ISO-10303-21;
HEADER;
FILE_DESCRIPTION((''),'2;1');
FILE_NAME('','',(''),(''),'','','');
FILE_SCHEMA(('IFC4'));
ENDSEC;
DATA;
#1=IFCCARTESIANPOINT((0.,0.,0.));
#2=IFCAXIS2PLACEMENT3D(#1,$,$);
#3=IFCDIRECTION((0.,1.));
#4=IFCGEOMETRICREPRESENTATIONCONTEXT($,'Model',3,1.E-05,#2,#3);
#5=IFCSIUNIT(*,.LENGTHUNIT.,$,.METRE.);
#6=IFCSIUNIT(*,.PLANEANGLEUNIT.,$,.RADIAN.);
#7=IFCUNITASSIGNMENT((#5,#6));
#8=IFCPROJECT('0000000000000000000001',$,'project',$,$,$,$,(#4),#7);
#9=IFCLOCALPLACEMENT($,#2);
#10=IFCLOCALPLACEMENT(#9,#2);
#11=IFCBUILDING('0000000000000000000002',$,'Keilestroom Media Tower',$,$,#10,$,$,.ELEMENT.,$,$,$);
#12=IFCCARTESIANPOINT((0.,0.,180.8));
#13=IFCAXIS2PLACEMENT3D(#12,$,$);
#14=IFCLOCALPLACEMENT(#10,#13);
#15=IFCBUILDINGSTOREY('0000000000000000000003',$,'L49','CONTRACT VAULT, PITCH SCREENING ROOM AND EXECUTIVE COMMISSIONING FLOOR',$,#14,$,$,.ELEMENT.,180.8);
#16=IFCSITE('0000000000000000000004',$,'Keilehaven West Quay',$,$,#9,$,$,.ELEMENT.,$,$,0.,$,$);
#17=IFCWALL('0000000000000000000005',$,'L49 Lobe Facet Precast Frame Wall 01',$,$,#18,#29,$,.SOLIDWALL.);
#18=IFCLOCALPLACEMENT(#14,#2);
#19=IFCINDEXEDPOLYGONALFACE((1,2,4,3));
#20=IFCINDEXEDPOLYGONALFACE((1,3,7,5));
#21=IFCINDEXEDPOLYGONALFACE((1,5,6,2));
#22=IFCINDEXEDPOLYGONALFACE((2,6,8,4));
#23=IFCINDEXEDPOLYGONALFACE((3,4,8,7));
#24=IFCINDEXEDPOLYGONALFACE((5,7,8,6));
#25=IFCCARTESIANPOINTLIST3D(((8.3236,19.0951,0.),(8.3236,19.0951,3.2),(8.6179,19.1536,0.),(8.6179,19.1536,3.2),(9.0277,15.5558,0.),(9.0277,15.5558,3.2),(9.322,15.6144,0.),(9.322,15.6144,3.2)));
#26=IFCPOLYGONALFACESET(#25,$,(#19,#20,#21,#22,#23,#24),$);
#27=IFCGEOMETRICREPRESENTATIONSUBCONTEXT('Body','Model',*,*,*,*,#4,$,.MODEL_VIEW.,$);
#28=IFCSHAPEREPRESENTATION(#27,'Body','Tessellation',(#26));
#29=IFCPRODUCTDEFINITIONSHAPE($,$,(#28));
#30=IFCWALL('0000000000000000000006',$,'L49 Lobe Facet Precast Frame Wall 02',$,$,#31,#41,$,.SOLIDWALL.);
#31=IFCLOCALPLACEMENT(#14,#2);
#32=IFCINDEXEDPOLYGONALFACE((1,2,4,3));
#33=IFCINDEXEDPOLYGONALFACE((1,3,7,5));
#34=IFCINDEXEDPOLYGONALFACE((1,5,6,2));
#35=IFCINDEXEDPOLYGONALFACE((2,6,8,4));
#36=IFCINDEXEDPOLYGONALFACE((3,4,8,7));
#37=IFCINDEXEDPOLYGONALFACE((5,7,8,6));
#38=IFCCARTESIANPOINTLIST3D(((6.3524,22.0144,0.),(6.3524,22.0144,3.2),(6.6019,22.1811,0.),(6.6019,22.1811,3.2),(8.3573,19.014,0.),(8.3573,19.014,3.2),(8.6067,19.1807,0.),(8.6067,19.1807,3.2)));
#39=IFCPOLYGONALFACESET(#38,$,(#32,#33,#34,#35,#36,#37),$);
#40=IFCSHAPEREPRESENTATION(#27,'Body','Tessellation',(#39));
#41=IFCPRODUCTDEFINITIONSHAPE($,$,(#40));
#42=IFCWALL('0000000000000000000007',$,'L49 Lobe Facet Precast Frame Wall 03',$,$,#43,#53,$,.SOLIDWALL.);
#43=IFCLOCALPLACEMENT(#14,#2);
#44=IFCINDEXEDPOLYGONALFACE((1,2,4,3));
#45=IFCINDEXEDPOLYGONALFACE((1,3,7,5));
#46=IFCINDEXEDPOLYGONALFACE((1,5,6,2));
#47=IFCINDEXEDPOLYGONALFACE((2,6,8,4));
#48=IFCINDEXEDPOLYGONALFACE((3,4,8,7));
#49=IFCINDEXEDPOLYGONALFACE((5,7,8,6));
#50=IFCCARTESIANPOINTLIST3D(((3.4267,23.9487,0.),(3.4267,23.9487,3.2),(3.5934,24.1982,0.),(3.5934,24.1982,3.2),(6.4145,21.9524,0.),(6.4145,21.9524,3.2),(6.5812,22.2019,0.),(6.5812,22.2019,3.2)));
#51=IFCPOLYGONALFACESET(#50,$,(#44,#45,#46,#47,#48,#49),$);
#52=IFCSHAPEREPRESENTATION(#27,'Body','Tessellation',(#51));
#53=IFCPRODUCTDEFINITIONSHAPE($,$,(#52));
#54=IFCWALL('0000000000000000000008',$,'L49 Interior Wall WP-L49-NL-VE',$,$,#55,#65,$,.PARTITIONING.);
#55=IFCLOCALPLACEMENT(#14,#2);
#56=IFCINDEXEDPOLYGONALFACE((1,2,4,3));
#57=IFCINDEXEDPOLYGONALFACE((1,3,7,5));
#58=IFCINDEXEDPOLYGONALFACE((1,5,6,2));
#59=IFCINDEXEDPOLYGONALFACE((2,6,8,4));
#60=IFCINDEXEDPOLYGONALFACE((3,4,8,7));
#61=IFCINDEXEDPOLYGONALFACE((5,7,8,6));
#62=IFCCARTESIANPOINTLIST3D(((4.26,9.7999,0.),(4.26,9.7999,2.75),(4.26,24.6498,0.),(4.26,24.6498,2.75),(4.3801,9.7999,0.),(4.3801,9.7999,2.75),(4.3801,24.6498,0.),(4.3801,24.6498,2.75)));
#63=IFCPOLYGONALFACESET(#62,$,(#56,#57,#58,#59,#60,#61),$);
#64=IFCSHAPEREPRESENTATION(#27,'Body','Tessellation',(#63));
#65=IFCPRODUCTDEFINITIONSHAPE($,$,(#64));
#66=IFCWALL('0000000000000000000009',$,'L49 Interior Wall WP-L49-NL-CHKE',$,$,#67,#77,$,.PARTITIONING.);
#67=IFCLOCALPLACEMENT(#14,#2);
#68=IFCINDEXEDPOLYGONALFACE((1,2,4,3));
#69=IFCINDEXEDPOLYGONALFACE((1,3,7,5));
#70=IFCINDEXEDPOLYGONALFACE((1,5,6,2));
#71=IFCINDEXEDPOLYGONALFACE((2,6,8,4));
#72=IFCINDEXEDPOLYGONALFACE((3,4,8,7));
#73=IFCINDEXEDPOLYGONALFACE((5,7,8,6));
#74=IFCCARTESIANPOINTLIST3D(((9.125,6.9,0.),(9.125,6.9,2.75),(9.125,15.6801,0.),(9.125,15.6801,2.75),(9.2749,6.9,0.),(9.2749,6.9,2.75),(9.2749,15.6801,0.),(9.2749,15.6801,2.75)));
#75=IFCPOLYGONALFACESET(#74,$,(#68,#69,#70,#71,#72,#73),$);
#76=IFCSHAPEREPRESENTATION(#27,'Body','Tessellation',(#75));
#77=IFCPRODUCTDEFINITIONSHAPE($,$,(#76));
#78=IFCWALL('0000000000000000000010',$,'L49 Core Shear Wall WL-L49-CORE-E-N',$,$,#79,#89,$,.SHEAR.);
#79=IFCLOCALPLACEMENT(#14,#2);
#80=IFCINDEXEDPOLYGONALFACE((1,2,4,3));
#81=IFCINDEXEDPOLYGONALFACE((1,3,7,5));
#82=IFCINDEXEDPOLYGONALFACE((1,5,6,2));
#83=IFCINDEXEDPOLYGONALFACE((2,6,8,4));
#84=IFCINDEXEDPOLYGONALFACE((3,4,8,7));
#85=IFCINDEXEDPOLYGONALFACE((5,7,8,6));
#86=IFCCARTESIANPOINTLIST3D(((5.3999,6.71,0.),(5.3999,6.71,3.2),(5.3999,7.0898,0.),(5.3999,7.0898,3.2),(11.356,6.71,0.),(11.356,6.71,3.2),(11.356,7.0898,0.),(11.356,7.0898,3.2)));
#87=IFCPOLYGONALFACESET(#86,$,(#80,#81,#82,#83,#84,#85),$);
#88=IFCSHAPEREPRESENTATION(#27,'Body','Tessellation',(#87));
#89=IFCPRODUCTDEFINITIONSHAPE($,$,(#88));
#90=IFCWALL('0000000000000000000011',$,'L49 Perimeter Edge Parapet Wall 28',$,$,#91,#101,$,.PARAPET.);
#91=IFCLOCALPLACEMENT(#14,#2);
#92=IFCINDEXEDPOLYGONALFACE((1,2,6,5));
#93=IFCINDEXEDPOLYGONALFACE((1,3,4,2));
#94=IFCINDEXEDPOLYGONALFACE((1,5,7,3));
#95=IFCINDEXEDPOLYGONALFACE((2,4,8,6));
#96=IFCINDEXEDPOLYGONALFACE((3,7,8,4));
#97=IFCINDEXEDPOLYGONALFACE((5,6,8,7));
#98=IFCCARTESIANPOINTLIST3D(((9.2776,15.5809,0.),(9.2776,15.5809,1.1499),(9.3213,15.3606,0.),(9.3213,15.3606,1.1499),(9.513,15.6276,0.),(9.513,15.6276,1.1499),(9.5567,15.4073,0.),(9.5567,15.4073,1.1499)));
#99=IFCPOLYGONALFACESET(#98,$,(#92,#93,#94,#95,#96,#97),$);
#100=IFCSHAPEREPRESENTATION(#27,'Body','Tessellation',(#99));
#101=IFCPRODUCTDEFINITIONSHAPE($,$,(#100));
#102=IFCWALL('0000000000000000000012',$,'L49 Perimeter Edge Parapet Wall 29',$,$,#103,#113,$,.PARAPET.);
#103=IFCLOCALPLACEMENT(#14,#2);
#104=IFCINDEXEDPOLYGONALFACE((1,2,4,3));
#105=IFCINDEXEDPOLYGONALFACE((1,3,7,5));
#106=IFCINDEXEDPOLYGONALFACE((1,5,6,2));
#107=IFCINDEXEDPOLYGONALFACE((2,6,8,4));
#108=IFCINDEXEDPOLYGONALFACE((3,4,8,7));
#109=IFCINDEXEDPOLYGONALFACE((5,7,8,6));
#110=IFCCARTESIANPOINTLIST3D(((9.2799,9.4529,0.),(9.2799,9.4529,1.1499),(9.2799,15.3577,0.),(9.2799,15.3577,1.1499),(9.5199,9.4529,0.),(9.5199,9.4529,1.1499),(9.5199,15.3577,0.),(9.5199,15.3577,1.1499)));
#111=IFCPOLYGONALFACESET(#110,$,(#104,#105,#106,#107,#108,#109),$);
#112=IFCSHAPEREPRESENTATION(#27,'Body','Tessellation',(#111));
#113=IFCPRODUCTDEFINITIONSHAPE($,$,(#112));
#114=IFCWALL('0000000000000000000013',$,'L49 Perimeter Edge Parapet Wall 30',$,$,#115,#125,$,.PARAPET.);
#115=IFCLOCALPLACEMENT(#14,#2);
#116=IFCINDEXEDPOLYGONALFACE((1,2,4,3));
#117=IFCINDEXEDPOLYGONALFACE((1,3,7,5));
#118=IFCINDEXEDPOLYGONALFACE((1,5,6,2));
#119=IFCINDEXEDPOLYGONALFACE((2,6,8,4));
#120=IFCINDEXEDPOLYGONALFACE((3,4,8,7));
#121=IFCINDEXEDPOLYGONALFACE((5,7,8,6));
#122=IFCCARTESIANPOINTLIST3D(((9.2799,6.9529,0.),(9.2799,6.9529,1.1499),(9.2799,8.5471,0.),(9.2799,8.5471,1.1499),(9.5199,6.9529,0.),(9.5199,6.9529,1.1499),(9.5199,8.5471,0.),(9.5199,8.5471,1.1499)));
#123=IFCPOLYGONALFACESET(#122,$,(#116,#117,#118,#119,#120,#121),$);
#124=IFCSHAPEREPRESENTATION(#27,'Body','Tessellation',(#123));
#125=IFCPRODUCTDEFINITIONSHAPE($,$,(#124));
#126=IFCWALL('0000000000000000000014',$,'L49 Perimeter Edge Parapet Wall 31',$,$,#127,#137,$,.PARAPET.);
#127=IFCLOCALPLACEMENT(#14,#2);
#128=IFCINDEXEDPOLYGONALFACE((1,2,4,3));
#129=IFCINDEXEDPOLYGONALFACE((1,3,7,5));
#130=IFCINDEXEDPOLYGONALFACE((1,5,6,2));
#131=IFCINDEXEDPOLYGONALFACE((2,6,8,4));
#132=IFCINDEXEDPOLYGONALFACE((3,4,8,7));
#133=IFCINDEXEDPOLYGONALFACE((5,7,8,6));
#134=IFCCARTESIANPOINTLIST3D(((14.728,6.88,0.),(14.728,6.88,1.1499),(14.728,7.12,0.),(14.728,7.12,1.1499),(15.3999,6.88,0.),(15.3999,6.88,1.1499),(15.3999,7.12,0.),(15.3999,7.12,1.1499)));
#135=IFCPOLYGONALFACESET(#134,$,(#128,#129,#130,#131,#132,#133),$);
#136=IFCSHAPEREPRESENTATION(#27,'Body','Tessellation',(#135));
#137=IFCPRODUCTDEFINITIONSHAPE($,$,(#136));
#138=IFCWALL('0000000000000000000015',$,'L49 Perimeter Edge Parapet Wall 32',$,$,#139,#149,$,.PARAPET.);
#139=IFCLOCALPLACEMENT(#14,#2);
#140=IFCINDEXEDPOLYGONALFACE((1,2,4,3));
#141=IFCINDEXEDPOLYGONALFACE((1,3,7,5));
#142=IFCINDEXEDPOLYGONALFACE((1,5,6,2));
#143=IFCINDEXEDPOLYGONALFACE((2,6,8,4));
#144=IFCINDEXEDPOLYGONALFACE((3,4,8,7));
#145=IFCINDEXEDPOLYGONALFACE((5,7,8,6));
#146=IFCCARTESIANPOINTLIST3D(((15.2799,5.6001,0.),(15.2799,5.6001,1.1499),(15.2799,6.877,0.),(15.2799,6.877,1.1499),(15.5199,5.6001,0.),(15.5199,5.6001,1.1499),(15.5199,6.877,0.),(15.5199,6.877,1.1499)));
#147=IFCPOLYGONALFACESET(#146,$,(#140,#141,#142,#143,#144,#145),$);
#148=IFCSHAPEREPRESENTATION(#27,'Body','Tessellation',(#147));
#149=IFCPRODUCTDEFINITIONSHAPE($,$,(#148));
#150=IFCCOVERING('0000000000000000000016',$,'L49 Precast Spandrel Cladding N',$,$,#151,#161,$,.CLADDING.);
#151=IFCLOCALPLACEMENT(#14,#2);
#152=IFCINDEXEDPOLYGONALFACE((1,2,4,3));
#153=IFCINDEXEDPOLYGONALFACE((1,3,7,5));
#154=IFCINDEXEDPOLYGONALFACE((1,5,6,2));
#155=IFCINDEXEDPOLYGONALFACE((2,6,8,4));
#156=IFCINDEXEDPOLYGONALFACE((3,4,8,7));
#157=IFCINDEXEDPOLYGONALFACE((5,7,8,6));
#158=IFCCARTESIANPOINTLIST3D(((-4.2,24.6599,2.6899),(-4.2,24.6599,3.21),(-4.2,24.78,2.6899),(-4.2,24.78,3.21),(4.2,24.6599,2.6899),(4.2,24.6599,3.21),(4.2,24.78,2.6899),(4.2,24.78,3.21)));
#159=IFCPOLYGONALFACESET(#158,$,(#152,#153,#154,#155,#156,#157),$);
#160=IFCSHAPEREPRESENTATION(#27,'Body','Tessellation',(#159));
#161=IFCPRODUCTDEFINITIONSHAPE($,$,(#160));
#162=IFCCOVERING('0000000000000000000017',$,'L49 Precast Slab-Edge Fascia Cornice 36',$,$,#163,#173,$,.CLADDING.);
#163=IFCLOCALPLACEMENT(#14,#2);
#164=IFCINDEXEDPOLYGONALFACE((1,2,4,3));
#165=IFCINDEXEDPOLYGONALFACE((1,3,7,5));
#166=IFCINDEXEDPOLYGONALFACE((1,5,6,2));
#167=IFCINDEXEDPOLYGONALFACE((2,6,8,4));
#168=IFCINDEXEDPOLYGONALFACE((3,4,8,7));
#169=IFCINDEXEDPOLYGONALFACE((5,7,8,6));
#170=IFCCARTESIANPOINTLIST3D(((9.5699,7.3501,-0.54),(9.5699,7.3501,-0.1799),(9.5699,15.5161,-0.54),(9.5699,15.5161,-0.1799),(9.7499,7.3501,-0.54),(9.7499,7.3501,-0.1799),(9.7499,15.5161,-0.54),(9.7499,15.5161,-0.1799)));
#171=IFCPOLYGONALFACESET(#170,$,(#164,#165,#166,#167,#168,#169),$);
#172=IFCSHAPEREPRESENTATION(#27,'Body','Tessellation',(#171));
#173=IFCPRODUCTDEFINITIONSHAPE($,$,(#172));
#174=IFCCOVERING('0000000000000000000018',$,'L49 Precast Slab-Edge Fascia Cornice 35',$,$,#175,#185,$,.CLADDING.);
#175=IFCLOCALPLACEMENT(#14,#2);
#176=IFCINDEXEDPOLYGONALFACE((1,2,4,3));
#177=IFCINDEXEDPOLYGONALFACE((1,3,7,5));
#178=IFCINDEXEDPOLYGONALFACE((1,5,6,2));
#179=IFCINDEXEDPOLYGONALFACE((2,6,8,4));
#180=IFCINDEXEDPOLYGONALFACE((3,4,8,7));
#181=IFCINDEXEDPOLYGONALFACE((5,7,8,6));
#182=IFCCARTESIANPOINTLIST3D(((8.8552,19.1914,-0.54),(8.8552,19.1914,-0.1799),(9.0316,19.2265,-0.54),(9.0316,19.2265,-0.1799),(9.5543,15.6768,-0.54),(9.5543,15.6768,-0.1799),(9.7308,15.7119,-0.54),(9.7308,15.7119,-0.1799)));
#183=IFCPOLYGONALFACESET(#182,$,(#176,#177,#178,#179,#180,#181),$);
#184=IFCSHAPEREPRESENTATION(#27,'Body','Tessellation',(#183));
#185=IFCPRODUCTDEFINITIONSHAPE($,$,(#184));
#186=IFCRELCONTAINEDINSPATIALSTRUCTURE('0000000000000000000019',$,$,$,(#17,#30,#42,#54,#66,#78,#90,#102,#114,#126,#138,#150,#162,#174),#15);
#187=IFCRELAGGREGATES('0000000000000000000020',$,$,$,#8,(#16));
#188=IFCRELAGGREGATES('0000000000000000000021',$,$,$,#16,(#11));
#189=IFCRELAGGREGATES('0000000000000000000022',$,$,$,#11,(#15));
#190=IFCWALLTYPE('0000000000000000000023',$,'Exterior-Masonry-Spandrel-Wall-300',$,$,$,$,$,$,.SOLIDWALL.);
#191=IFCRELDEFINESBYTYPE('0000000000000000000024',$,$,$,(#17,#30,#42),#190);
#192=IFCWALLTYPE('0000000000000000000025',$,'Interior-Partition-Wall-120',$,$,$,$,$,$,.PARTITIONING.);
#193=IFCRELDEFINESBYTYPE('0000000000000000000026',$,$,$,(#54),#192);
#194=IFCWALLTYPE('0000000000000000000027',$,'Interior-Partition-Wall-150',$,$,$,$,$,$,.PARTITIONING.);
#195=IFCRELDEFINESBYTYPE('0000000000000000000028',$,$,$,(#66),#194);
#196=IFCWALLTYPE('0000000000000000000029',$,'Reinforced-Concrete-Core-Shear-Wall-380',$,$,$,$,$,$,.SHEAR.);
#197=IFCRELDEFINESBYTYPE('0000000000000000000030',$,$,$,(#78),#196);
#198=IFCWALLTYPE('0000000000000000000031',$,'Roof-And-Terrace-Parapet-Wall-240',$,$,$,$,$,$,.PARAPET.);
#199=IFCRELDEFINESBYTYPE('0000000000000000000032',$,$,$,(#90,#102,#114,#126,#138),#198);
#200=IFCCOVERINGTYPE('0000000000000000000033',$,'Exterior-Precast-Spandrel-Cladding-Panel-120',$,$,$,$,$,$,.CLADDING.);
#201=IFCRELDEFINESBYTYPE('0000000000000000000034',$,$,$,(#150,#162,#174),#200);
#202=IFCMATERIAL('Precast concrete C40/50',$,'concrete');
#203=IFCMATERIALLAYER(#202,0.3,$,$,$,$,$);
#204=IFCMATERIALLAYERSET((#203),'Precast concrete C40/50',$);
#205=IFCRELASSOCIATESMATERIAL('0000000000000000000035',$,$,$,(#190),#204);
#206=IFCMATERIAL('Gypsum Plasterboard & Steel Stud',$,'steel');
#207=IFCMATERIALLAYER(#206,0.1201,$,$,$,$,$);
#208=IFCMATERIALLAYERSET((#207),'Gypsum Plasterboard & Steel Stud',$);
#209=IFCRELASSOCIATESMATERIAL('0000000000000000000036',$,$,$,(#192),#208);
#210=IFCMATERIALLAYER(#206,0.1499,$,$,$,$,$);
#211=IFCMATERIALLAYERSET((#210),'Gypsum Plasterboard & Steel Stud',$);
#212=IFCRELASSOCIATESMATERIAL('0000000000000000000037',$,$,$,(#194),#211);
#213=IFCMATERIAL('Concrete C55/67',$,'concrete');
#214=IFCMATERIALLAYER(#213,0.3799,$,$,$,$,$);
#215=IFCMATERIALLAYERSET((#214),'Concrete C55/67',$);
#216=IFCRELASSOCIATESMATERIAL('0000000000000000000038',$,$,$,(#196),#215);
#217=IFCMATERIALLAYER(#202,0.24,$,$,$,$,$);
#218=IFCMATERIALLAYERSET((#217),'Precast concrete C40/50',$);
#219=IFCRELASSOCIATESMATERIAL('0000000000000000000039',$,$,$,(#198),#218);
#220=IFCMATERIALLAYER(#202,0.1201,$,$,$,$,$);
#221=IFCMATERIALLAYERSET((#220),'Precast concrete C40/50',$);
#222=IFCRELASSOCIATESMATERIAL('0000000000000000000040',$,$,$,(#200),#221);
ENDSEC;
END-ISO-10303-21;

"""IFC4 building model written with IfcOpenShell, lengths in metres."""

from ifc_helpers import new_model, si_unit, direction, frame, frame_2d, origin, origin_2d, place, context, subcontext, project, spatial, rectangle, extrude, source, transform, mapped, material, layer, layer_set, type_object, element, save


model = new_model("IFC4")

# Units and contexts
model_context = context("Model", 3, precision=1e-05, world=origin(), true_north=direction((0.0, 1.0)))
body_context = subcontext(model_context, "Body", "Model", "MODEL_VIEW")
ifc_project = project(units=[si_unit("LENGTHUNIT", "METRE"), si_unit("PLANEANGLEUNIT", "RADIAN")], contexts=[model_context])

# Site, building, storey
site_placement = place(None, origin())
site = spatial("IfcSite", under=ifc_project, at=site_placement, Name="Keilehaven West Quay", CompositionType="ELEMENT", RefElevation=0.0)
building_placement = place(site_placement, origin())
building = spatial("IfcBuilding", under=site, at=building_placement, Name="Keilestroom Media Tower", CompositionType="ELEMENT")
storey_placement = place(building_placement, frame((0.0, 0.0, 180.8)))
storey = spatial("IfcBuildingStorey", under=building, at=storey_placement, Name="L49", Description="CONTRACT VAULT, PITCH SCREENING ROOM AND EXECUTIVE COMMISSIONING FLOOR", CompositionType="ELEMENT", Elevation=180.8)

# Shared definitions
ifc_material_1 = material(Name="Precast concrete C40/50", Category="concrete")
ifc_material_2 = material(Name="Concrete C55/67", Category="concrete")

# Walls
ifc_layer_1 = layer(ifc_material_1, 0.3)
ifc_layer_set_1 = layer_set([ifc_layer_1], Name="Precast concrete C40/50")
wall_type_1 = type_object("IfcWallType", Name="Exterior-Masonry-Spandrel-Wall-300", PredefinedType="SOLIDWALL", material=ifc_layer_set_1)
for number, where, z_axis, x_axis, name in (
    (1, (9.1748, 15.5852, 0.0), (0.0, 0.0, 1.0), (-0.195114, 0.980781, 0.0), "L49 Lobe Facet Precast Frame Wall 01"),
    (2, (8.4819, 19.0974, 0.0), (0.0, 0.0, 1.0), (-0.555574, 0.831467, 0.0), "L49 Lobe Facet Precast Frame Wall 02"),
):
    element("IfcWall", number, at=place(storey_placement, frame(where, z_axis=z_axis, x_axis=x_axis)), inside=storey, type_object=wall_type_1, Name=name, PredefinedType="SOLIDWALL", context=body_context, shape_type="SweptSolid", body=[
        extrude(rectangle(XDim=3.6086, YDim=0.3, at=frame_2d((1.8042, 0.0))), origin(), (0.0, 0.0, 1.0), 3.2),
    ])
wall_1_placement = place(storey_placement, frame((6.4978, 22.0771, 0.0), z_axis=(0.0, 0.0, 1.0), x_axis=(-0.831475, 0.555562, 0.0)))
element("IfcWall", 3, at=wall_1_placement, inside=storey, type_object=wall_type_1, Name="L49 Lobe Facet Precast Frame Wall 03", PredefinedType="SOLIDWALL", context=body_context, shape_type="SweptSolid", body=[
    extrude(rectangle(XDim=3.5933, YDim=0.3, at=frame_2d((1.7966, 0.0))), origin(), (0.0, 0.0, 1.0), 3.2),
])
ifc_material_3 = material(Name="Gypsum Plasterboard & Steel Stud", Category="steel")
ifc_layer_2 = layer(ifc_material_3, 0.1201)
ifc_layer_set_2 = layer_set([ifc_layer_2], Name="Gypsum Plasterboard & Steel Stud")
wall_type_2 = type_object("IfcWallType", Name="Interior-Partition-Wall-120", PredefinedType="PARTITIONING", material=ifc_layer_set_2)
wall_2_placement = place(storey_placement, frame((4.3201, 9.8, 0.0), z_axis=(0.0, 0.0, 1.0), x_axis=(0.0, 1.0, 0.0)))
element("IfcWall", 4, at=wall_2_placement, inside=storey, type_object=wall_type_2, Name="L49 Interior Wall WP-L49-NL-VE", PredefinedType="PARTITIONING", context=body_context, shape_type="SweptSolid", body=[
    extrude(rectangle(XDim=14.8499, YDim=0.1201, at=frame_2d((7.4248, 0.0))), origin(), (0.0, 0.0, 1.0), 2.75),
])
ifc_layer_3 = layer(ifc_material_3, 0.1499)
ifc_layer_set_3 = layer_set([ifc_layer_3], Name="Gypsum Plasterboard & Steel Stud")
wall_type_3 = type_object("IfcWallType", Name="Interior-Partition-Wall-150", PredefinedType="PARTITIONING", material=ifc_layer_set_3)
wall_3_placement = place(storey_placement, frame((9.2, 6.8999, 0.0), z_axis=(0.0, 0.0, 1.0), x_axis=(0.0, 1.0, 0.0)))
element("IfcWall", 5, at=wall_3_placement, inside=storey, type_object=wall_type_3, Name="L49 Interior Wall WP-L49-NL-CHKE", PredefinedType="PARTITIONING", context=body_context, shape_type="SweptSolid", body=[
    extrude(rectangle(XDim=8.78, YDim=0.1499, at=frame_2d((4.3901, 0.0))), origin(), (0.0, 0.0, 1.0), 2.75),
])
ifc_layer_4 = layer(ifc_material_2, 0.3799)
ifc_layer_set_4 = layer_set([ifc_layer_4], Name="Concrete C55/67")
wall_type_4 = type_object("IfcWallType", Name="Reinforced-Concrete-Core-Shear-Wall-380", PredefinedType="SHEAR", material=ifc_layer_set_4)
wall_4_placement = place(storey_placement, frame((5.3999, 6.8999, 0.0), z_axis=(0.0, 0.0, 1.0), x_axis=(1.0, 0.0, 0.0)))
element("IfcWall", 6, at=wall_4_placement, inside=storey, type_object=wall_type_4, Name="L49 Core Shear Wall WL-L49-CORE-E-N", PredefinedType="SHEAR", context=body_context, shape_type="SweptSolid", body=[
    extrude(rectangle(XDim=5.9561, YDim=0.3799, at=frame_2d((2.978, 0.0))), origin(), (0.0, 0.0, 1.0), 3.2),
])
ifc_layer_5 = layer(ifc_material_1, 0.24)
ifc_layer_set_5 = layer_set([ifc_layer_5], Name="Precast concrete C40/50")
wall_type_5 = type_object("IfcWallType", Name="Roof-And-Terrace-Parapet-Wall-240", PredefinedType="PARAPET", material=ifc_layer_set_5)
wall_5_placement = place(storey_placement, frame((9.3953, 15.6042, 0.0), z_axis=(0.0, 0.0, 1.0), x_axis=(0.194652, -0.980872, 0.0)))
element("IfcWall", 7, at=wall_5_placement, inside=storey, type_object=wall_type_5, Name="L49 Perimeter Edge Parapet Wall 28", PredefinedType="PARAPET", context=body_context, shape_type="SweptSolid", body=[
    extrude(rectangle(XDim=0.2246, YDim=0.24, at=frame_2d((0.1123, 0.0))), origin(), (0.0, 0.0, 1.0), 1.1499),
])
wall_6_placement = place(storey_placement, frame((9.3999, 15.3577, 0.0), z_axis=(0.0, 0.0, 1.0), x_axis=(0.0, -1.0, 0.0)))
element("IfcWall", 8, at=wall_6_placement, inside=storey, type_object=wall_type_5, Name="L49 Perimeter Edge Parapet Wall 29", PredefinedType="PARAPET", context=body_context, shape_type="SweptSolid", body=[
    extrude(rectangle(XDim=5.9048, YDim=0.24, at=frame_2d((2.9524, 0.0))), origin(), (0.0, 0.0, 1.0), 1.1499),
])
wall_7_placement = place(storey_placement, frame((9.3999, 8.5471, 0.0), z_axis=(0.0, 0.0, 1.0), x_axis=(0.0, -1.0, 0.0)))
element("IfcWall", 9, at=wall_7_placement, inside=storey, type_object=wall_type_5, Name="L49 Perimeter Edge Parapet Wall 30", PredefinedType="PARAPET", context=body_context, shape_type="SweptSolid", body=[
    extrude(rectangle(XDim=1.5942, YDim=0.24, at=frame_2d((0.7971, 0.0))), origin(), (0.0, 0.0, 1.0), 1.1499),
])
wall_8_placement = place(storey_placement, frame((14.728, 7.0, 0.0), z_axis=(0.0, 0.0, 1.0), x_axis=(1.0, 0.0, 0.0)))
element("IfcWall", 10, at=wall_8_placement, inside=storey, type_object=wall_type_5, Name="L49 Perimeter Edge Parapet Wall 31", PredefinedType="PARAPET", context=body_context, shape_type="SweptSolid", body=[
    extrude(rectangle(XDim=0.6719, YDim=0.24, at=frame_2d((0.3359, 0.0))), origin(), (0.0, 0.0, 1.0), 1.1499),
])
wall_9_placement = place(storey_placement, frame((15.3999, 6.877, 0.0), z_axis=(0.0, 0.0, 1.0), x_axis=(0.0, -1.0, 0.0)))
element("IfcWall", 11, at=wall_9_placement, inside=storey, type_object=wall_type_5, Name="L49 Perimeter Edge Parapet Wall 32", PredefinedType="PARAPET", context=body_context, shape_type="SweptSolid", body=[
    extrude(rectangle(XDim=1.2769, YDim=0.24, at=frame_2d((0.6384, 0.0))), origin(), (0.0, 0.0, 1.0), 1.1499),
])

# Coverings
ifc_layer_6 = layer(ifc_material_1, 0.1201)
ifc_layer_set_6 = layer_set([ifc_layer_6], Name="Precast concrete C40/50")
covering_type = type_object("IfcCoveringType", Name="Exterior-Precast-Spandrel-Cladding-Panel-120", PredefinedType="CLADDING", material=ifc_layer_set_6)
shared_shape_1 = source(origin(), body_context, "Body", "SweptSolid", [
    extrude(rectangle(XDim=8.3999, YDim=0.1201, at=origin_2d()), origin(), (0.0, 0.0, 1.0), 0.52),
])
covering_1_placement = place(storey_placement, frame((0.0, 24.72, 2.6899), z_axis=(0.0, 0.0, 1.0), x_axis=(1.0, 0.0, 0.0)))
element("IfcCovering", 12, at=covering_1_placement, inside=storey, type_object=covering_type, Name="L49 Precast Spandrel Cladding N", PredefinedType="CLADDING", context=body_context, shape_type="MappedRepresentation", body=[
    mapped(shared_shape_1, transform((0.0, 0.0, 0.0), x_axis=(1.0, 0.0, 0.0), y_axis=(0.0, 1.0, 0.0), z_axis=(0.0, 0.0, 1.0), scale=1.0)),
])
shared_shape_2 = source(origin(), body_context, "Body", "SweptSolid", [
    extrude(rectangle(XDim=8.166, YDim=0.1799, at=origin_2d()), origin(), (0.0, 0.0, 1.0), 0.3601),
])
covering_2_placement = place(storey_placement, frame((9.6599, 11.4331, -0.54), z_axis=(0.0, 0.0, 1.0), x_axis=(0.0, -1.0, 0.0)))
element("IfcCovering", 13, at=covering_2_placement, inside=storey, type_object=covering_type, Name="L49 Precast Slab-Edge Fascia Cornice 36", PredefinedType="CLADDING", context=body_context, shape_type="MappedRepresentation", body=[
    mapped(shared_shape_2, transform((0.0, 0.0, 0.0), x_axis=(1.0, 0.0, 0.0), y_axis=(0.0, 1.0, 0.0), z_axis=(0.0, 0.0, 1.0), scale=1.0)),
])
shared_shape_3 = source(origin(), body_context, "Body", "SweptSolid", [
    extrude(rectangle(XDim=3.5835, YDim=0.1799, at=origin_2d()), origin(), (0.0, 0.0, 1.0), 0.3601),
])
covering_3_placement = place(storey_placement, frame((9.293, 17.4517, -0.54), z_axis=(0.0, 0.0, 1.0), x_axis=(0.195099, -0.980784, 0.0)))
element("IfcCovering", 14, at=covering_3_placement, inside=storey, type_object=covering_type, Name="L49 Precast Slab-Edge Fascia Cornice 35", PredefinedType="CLADDING", context=body_context, shape_type="MappedRepresentation", body=[
    mapped(shared_shape_3, transform((0.0, 0.0, 0.0), x_axis=(1.0, 0.0, 0.0), y_axis=(0.0, 1.0, 0.0), z_axis=(0.0, 0.0, 1.0), scale=1.0)),
])

save(model, "model.ifc")
